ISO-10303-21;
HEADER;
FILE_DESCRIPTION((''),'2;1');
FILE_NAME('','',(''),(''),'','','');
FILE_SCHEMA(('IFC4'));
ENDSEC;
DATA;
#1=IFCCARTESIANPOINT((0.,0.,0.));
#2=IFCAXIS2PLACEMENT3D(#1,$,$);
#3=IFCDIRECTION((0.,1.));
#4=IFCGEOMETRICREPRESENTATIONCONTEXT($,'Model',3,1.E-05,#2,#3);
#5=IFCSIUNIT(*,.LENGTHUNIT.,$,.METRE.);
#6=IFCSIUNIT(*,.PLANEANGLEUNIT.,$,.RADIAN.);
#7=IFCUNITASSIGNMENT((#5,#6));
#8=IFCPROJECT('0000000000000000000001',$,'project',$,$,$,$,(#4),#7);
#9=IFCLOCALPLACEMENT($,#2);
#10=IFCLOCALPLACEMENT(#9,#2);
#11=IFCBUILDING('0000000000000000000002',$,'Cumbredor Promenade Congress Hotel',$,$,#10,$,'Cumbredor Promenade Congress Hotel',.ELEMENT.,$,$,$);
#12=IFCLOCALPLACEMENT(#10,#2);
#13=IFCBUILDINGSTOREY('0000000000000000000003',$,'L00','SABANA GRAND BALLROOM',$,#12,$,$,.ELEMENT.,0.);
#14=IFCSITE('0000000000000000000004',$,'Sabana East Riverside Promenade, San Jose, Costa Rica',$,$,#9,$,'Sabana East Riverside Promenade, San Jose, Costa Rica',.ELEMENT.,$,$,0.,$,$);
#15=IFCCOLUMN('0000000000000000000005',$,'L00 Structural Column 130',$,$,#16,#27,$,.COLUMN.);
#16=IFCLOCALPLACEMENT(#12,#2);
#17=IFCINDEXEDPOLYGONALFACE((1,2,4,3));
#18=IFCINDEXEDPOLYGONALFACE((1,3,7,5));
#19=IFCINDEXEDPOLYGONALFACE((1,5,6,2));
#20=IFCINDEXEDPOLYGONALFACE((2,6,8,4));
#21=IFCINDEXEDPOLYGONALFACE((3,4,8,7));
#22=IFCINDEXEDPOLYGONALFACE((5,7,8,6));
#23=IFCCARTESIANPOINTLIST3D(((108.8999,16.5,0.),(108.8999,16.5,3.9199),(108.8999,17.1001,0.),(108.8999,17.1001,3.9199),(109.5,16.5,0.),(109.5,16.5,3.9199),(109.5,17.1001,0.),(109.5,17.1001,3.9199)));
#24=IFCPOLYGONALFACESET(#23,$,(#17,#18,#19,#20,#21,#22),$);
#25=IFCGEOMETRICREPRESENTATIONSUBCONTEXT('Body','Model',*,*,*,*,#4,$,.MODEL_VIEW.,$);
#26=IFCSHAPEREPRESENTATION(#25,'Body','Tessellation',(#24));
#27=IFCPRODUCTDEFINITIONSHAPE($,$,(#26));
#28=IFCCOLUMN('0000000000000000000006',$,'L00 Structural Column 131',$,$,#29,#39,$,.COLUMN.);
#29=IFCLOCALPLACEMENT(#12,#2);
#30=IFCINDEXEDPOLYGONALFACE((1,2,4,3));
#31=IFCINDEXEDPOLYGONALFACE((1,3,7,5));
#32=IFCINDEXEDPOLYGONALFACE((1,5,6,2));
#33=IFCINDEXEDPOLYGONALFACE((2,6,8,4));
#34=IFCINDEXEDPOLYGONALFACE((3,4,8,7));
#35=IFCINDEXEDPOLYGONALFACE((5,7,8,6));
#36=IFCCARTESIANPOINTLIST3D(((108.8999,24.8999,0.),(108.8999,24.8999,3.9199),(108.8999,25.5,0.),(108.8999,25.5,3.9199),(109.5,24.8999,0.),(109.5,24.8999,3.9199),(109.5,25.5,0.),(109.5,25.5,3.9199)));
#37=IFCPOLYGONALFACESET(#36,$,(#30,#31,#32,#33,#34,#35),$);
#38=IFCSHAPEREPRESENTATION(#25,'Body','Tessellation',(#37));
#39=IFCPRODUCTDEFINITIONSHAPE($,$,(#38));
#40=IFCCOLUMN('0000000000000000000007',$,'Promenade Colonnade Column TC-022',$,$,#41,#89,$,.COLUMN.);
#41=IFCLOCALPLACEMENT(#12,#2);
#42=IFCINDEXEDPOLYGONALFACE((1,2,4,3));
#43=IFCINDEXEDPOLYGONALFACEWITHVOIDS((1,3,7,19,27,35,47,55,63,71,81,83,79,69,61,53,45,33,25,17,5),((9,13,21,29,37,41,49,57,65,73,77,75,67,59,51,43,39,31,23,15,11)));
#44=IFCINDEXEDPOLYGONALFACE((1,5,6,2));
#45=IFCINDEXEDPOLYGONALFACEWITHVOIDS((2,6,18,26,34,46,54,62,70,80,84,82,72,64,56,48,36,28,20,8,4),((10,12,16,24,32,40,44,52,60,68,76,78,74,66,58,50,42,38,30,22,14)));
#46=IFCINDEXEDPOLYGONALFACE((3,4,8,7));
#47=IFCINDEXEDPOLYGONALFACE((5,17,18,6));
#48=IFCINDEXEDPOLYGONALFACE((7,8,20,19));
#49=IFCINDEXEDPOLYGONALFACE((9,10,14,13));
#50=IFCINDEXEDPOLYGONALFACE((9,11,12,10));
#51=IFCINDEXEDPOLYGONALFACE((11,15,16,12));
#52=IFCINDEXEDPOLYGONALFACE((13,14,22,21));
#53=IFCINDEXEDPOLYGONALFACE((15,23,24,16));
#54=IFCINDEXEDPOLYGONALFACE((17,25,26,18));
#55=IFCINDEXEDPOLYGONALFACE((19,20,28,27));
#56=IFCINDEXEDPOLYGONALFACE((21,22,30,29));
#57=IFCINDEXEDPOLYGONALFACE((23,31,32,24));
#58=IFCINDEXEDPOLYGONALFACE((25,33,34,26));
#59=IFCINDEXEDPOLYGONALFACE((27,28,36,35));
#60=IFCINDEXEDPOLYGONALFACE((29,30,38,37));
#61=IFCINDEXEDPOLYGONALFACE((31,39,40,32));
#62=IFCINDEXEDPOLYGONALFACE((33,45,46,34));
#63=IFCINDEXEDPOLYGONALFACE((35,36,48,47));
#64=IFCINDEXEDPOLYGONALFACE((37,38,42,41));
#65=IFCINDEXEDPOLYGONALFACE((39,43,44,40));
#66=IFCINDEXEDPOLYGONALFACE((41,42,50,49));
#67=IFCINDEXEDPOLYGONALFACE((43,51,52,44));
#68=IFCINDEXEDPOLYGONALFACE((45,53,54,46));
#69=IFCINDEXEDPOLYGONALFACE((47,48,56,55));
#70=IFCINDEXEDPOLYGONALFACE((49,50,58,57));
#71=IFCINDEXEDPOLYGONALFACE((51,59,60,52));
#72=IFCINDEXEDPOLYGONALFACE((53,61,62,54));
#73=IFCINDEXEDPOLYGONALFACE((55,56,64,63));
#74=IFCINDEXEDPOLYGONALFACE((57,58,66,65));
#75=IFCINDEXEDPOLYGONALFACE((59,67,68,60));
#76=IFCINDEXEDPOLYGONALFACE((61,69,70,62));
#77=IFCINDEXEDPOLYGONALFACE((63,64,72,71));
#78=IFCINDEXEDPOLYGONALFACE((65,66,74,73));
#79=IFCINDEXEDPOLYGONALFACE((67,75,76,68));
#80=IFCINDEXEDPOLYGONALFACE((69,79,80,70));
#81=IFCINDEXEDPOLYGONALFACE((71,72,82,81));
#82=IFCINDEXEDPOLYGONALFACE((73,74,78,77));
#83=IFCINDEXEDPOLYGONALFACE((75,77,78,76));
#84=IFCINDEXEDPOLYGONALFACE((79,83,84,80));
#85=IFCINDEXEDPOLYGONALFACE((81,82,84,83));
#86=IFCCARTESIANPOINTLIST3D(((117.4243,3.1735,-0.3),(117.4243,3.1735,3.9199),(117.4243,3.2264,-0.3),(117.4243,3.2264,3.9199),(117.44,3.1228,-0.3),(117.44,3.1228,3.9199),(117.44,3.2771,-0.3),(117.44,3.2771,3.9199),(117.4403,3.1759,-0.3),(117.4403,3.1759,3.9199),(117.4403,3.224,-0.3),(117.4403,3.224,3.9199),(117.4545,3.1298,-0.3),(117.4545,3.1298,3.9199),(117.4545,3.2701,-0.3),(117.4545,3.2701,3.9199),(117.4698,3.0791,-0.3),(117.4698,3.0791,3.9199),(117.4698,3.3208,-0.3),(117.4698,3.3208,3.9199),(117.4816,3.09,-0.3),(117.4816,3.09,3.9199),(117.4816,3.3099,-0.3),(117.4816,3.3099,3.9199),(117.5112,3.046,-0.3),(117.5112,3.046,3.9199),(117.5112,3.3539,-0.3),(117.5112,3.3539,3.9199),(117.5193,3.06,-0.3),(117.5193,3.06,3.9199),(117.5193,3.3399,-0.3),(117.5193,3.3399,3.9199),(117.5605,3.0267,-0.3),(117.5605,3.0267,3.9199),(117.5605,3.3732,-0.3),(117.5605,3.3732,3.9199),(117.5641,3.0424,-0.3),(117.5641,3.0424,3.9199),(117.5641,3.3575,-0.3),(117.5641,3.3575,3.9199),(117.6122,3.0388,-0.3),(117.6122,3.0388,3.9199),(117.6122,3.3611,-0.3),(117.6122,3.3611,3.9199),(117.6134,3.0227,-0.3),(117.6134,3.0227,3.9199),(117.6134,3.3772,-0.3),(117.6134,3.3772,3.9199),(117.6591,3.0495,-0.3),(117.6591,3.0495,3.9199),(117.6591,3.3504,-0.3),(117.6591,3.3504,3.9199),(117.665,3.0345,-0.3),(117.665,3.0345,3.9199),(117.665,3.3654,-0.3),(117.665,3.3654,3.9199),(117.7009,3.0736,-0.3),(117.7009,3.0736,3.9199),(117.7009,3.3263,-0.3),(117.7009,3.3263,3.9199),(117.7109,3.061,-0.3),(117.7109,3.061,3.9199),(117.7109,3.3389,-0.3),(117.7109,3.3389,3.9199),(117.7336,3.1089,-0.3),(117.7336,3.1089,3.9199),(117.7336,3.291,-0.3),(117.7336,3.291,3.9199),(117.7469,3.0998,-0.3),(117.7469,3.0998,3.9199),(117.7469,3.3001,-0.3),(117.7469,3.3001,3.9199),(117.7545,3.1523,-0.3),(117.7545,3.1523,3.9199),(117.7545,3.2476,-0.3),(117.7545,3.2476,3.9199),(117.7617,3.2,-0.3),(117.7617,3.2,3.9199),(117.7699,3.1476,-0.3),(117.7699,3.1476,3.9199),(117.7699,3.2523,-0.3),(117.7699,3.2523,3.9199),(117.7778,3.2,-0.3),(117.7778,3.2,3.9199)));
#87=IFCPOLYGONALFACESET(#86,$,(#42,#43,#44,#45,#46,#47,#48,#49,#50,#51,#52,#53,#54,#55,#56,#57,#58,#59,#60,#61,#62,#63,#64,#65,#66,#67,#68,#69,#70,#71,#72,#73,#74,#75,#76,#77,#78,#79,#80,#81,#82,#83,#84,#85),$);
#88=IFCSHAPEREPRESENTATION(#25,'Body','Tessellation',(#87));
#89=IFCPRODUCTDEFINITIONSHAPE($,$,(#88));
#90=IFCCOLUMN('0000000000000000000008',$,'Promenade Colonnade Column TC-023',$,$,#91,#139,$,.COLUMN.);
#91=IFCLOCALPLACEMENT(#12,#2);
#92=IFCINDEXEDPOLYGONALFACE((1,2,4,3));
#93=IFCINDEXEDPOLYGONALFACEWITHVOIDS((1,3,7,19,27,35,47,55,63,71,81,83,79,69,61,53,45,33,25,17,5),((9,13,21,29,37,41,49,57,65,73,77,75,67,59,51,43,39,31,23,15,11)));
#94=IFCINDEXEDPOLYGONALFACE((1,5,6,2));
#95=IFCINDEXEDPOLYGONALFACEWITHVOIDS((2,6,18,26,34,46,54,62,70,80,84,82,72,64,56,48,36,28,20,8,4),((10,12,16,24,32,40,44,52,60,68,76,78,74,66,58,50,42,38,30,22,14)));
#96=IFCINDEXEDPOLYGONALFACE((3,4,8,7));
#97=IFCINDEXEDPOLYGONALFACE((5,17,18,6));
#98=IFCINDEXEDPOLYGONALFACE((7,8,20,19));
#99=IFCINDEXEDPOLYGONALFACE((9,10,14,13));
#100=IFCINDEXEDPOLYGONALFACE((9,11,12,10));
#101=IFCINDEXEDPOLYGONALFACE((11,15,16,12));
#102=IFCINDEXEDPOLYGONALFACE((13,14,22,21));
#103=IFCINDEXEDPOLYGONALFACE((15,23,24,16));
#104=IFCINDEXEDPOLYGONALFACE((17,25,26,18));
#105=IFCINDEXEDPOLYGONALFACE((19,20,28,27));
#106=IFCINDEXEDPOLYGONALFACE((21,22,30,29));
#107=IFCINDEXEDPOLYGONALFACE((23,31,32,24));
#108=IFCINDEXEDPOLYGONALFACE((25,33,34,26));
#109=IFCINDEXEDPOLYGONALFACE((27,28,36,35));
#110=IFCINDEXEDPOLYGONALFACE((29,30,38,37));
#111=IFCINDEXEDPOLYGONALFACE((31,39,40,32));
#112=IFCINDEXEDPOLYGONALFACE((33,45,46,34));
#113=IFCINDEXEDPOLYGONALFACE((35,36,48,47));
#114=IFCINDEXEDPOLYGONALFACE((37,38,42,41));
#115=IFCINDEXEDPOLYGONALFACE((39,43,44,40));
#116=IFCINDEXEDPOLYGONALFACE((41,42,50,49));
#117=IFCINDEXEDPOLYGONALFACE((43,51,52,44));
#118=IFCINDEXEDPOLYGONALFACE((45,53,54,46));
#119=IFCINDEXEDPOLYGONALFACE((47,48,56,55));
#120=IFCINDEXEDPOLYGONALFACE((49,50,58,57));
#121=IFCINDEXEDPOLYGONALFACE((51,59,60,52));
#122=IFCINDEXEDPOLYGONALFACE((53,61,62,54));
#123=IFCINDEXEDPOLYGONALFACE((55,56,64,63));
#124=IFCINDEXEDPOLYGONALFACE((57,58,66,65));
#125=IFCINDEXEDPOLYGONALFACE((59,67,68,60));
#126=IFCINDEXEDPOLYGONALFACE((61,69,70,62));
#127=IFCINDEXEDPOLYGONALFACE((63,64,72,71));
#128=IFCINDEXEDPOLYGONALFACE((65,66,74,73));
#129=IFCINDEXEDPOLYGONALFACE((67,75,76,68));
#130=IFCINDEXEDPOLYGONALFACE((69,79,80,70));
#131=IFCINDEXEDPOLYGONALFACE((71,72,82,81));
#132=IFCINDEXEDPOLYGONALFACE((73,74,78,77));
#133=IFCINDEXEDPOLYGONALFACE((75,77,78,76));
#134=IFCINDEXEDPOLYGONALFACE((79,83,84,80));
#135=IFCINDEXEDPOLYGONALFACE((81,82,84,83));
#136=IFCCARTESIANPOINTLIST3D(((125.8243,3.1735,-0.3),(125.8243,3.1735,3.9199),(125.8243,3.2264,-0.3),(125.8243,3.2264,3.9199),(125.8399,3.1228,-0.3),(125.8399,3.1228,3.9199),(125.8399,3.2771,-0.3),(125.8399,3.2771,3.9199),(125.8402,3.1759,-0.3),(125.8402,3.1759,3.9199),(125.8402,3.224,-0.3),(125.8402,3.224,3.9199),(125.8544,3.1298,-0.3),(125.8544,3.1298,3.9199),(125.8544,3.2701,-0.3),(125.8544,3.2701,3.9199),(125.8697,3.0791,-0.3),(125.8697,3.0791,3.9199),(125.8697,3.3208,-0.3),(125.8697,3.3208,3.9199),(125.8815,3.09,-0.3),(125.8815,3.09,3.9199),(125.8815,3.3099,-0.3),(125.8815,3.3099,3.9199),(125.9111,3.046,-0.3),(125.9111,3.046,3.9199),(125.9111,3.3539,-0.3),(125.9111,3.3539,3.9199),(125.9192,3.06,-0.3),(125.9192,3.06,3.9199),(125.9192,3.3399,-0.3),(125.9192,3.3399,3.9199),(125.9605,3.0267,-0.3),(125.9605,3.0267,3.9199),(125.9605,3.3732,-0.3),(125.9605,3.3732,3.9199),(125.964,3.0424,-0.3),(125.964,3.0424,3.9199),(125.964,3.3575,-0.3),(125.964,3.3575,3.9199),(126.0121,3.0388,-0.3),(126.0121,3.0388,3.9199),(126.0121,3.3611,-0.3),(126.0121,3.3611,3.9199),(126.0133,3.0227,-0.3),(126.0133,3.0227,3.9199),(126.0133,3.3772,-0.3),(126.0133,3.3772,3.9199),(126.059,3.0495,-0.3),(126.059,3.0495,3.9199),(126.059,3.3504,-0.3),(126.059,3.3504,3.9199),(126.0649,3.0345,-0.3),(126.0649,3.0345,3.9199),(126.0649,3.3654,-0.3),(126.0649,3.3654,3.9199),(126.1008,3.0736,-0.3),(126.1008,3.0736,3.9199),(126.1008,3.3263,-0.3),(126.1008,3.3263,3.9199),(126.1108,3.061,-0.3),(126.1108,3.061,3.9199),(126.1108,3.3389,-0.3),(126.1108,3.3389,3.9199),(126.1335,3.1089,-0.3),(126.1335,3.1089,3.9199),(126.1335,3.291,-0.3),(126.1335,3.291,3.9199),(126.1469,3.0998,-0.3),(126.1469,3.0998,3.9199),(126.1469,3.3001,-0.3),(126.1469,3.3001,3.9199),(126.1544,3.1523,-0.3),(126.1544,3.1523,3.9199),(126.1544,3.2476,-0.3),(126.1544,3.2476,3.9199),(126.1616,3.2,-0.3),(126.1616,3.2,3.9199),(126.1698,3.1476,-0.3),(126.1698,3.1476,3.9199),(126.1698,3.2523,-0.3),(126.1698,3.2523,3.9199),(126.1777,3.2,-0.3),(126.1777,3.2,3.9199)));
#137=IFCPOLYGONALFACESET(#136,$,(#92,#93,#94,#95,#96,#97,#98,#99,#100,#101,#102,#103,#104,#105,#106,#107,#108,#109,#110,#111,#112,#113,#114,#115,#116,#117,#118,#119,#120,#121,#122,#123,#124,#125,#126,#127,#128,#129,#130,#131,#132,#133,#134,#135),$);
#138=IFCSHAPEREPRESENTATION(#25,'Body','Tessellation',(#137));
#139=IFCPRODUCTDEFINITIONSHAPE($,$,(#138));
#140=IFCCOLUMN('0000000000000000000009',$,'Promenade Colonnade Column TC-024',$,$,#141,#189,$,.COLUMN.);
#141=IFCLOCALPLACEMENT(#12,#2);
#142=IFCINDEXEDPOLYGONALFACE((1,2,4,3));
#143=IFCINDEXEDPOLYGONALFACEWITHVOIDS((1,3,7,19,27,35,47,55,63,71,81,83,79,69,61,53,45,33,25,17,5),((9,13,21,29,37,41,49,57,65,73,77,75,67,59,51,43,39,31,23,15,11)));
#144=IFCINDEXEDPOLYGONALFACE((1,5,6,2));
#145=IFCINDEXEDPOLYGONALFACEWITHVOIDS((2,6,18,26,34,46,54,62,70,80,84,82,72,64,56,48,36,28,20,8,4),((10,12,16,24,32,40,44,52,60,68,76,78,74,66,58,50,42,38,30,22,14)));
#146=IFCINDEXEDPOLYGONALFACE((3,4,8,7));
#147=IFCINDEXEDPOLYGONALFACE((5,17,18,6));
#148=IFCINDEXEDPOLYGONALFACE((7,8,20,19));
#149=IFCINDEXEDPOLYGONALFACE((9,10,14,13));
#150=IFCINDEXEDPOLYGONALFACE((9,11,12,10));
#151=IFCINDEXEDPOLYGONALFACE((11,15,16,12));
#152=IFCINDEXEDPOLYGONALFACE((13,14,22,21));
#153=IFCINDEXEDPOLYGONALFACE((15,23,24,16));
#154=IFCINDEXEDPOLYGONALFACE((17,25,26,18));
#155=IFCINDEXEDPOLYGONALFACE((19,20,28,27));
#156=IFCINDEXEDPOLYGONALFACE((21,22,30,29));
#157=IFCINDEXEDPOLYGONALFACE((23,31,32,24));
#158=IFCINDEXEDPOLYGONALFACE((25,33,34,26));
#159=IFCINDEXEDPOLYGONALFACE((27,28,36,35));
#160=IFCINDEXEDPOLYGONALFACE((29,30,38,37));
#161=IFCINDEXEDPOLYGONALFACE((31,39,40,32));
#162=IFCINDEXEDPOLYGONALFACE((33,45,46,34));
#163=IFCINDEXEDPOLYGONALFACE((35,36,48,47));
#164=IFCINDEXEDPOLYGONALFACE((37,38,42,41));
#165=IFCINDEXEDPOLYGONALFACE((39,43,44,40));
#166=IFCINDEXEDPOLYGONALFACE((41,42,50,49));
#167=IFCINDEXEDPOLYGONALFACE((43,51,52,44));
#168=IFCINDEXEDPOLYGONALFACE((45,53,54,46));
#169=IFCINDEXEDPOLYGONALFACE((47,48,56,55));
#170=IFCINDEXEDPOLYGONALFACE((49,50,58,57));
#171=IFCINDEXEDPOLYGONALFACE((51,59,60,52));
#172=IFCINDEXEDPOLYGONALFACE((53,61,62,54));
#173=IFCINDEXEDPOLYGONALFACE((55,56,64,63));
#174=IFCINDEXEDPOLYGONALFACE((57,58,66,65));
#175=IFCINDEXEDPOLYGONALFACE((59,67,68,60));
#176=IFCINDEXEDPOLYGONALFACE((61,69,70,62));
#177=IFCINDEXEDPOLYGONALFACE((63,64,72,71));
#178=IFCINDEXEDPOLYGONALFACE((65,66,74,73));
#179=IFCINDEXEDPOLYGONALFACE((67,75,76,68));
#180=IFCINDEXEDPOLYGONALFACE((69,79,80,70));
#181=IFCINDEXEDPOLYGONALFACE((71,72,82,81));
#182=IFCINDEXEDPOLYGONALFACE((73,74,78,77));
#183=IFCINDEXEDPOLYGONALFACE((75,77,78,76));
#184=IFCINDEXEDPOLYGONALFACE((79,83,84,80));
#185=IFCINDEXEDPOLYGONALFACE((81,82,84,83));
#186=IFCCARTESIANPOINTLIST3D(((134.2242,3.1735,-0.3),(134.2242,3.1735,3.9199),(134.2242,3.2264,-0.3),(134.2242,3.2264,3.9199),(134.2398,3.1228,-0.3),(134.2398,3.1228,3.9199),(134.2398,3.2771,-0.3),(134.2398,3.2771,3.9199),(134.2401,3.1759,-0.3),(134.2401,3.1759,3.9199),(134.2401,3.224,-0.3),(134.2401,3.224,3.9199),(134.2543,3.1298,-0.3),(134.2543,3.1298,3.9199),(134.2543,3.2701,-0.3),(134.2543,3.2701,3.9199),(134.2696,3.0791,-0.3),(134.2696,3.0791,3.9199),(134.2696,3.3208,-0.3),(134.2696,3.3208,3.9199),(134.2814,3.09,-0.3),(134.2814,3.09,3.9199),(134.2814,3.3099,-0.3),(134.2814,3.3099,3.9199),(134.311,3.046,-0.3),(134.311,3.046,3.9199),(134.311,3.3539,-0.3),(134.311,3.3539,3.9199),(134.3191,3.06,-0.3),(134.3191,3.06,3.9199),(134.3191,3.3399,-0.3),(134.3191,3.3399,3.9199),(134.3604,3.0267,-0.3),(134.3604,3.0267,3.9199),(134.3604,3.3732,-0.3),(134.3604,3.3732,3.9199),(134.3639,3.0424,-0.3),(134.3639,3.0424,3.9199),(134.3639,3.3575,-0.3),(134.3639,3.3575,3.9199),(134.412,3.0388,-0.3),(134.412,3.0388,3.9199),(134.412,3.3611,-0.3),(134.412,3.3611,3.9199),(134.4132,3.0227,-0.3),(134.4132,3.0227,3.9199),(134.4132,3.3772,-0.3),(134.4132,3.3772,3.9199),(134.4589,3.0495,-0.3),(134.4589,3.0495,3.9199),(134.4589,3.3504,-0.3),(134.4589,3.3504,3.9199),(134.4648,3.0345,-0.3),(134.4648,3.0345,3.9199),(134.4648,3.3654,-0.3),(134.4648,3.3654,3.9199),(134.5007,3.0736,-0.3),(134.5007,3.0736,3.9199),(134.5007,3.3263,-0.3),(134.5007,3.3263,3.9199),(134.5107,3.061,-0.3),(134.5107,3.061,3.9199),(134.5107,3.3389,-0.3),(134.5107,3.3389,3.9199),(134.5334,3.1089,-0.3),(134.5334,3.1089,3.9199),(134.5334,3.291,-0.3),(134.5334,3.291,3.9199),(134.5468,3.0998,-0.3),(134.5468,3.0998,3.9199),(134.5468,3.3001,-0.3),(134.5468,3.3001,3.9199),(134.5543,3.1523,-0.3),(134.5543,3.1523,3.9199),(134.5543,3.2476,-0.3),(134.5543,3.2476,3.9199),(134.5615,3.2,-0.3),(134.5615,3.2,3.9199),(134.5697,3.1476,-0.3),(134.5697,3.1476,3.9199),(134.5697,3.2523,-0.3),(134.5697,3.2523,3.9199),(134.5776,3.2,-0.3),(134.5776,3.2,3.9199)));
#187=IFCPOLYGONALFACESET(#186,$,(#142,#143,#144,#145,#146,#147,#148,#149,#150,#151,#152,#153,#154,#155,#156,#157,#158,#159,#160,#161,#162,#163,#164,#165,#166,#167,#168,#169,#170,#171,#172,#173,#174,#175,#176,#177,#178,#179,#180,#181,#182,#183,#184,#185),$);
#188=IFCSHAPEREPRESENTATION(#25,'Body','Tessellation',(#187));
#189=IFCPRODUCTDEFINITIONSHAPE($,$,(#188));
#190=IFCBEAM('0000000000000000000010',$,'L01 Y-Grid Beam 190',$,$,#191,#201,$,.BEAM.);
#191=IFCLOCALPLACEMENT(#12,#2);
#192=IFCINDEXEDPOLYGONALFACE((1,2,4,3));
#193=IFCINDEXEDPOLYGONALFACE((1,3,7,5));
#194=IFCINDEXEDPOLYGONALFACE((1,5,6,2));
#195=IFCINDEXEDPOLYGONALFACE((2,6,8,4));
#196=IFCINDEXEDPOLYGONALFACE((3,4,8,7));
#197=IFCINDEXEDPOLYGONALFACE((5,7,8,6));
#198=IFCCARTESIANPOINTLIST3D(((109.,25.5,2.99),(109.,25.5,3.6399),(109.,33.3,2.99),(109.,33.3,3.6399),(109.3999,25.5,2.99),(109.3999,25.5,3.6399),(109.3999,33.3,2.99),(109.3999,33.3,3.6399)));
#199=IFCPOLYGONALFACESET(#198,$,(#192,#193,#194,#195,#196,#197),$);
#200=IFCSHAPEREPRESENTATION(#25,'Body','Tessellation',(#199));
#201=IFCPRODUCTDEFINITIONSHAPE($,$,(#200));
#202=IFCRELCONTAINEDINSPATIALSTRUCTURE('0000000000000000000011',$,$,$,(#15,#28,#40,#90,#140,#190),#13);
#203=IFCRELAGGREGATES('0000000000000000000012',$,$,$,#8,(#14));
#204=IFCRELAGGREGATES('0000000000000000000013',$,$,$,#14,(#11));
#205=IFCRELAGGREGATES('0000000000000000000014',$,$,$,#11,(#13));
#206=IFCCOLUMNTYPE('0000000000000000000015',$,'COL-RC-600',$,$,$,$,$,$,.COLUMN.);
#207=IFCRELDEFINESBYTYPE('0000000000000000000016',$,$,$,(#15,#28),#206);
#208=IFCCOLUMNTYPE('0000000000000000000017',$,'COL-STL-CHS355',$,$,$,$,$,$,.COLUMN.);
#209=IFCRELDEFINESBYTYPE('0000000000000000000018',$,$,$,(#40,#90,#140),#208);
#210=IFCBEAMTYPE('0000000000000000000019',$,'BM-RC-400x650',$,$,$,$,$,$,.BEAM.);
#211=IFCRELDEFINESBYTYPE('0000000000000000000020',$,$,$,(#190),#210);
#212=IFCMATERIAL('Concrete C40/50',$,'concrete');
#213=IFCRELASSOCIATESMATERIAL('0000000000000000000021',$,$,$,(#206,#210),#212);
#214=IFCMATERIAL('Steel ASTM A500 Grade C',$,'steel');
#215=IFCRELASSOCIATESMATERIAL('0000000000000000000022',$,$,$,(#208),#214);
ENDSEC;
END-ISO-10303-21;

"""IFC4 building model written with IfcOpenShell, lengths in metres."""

from ifc_helpers import new_model, si_unit, direction, frame, origin, origin_2d, place, context, subcontext, project, spatial, rectangle, hollow_circle, extrude, material, material_profile, profile_set, type_object, element, save


model = new_model("IFC4")

# Units and contexts
model_context = context("Model", 3, precision=1e-05, world=origin(), true_north=direction((0.0, 1.0)))
body_context = subcontext(model_context, "Body", "Model", "MODEL_VIEW")
ifc_project = project(units=[si_unit("LENGTHUNIT", "METRE"), si_unit("PLANEANGLEUNIT", "RADIAN")], contexts=[model_context])

# Site, building, storey
site_placement = place(None, origin())
site = spatial("IfcSite", under=ifc_project, at=site_placement, Name="Sabana East Riverside Promenade, San Jose, Costa Rica", LongName="Sabana East Riverside Promenade, San Jose, Costa Rica", CompositionType="ELEMENT", RefElevation=0.0)
building_placement = place(site_placement, origin())
building = spatial("IfcBuilding", under=site, at=building_placement, Name="Cumbredor Promenade Congress Hotel", LongName="Cumbredor Promenade Congress Hotel", CompositionType="ELEMENT")
storey_placement = place(building_placement, origin())
storey = spatial("IfcBuildingStorey", under=building, at=storey_placement, Name="L00", Description="SABANA GRAND BALLROOM", CompositionType="ELEMENT", Elevation=0.0)

# Columns
ifc_material_1 = material(Name="Concrete C40/50", Category="concrete")
ifc_material_profile_1 = material_profile(ifc_material_1, rectangle(XDim=0.6001, YDim=0.6001, at=origin_2d()), Name="RC 600x600")
ifc_profile_set_1 = profile_set([ifc_material_profile_1], Name="Concrete C40/50")
column_type_1 = type_object("IfcColumnType", Name="COL-RC-600", PredefinedType="COLUMN", material=ifc_profile_set_1)
for number, where, z_axis, x_axis, name in (
    (1, (109.2, 16.8, 0.0), (0.0, 0.0, 1.0), (1.0, 0.0, 0.0), "L00 Structural Column 130"),
    (2, (109.2, 25.2, 0.0), (0.0, 0.0, 1.0), (1.0, 0.0, 0.0), "L00 Structural Column 131"),
):
    element("IfcColumn", number, at=place(storey_placement, frame(where, z_axis=z_axis, x_axis=x_axis)), inside=storey, type_object=column_type_1, Name=name, PredefinedType="COLUMN", context=body_context, shape_type="SweptSolid", body=[
        extrude(rectangle(XDim=0.6001, YDim=0.6001, at=origin_2d()), origin(), (0.0, 0.0, 1.0), 3.9199),
    ])
ifc_material_2 = material(Name="Steel ASTM A500 Grade C", Category="steel")
ifc_material_profile_2 = material_profile(ifc_material_2, hollow_circle(Radius=0.1777, WallThickness=0.0161, at=origin_2d()), Name="CHS 355.6x16")
ifc_profile_set_2 = profile_set([ifc_material_profile_2], Name="Steel ASTM A500 Grade C")
column_type_2 = type_object("IfcColumnType", Name="COL-STL-CHS355", PredefinedType="COLUMN", material=ifc_profile_set_2)
for number, where, z_axis, x_axis, name in (
    (3, (117.6001, 3.2, -0.3), (0.0, 0.0, 1.0), (1.0, 0.0, 0.0), "Promenade Colonnade Column TC-022"),
    (4, (126.0, 3.2, -0.3), (0.0, 0.0, 1.0), (1.0, 0.0, 0.0), "Promenade Colonnade Column TC-023"),
    (5, (134.3999, 3.2, -0.3), (0.0, 0.0, 1.0), (1.0, 0.0, 0.0), "Promenade Colonnade Column TC-024"),
):
    element("IfcColumn", number, at=place(storey_placement, frame(where, z_axis=z_axis, x_axis=x_axis)), inside=storey, type_object=column_type_2, Name=name, PredefinedType="COLUMN", context=body_context, shape_type="SweptSolid", body=[
        extrude(hollow_circle(Radius=0.1777, WallThickness=0.0161, at=origin_2d()), origin(), (0.0, 0.0, 1.0), 4.22),
    ])

# Beam
ifc_material_profile_3 = material_profile(ifc_material_1, rectangle(XDim=0.3999, YDim=0.6499, at=origin_2d()), Name="RC BEAM 400x650")
ifc_profile_set_3 = profile_set([ifc_material_profile_3], Name="Concrete C40/50")
beam_type_1 = type_object("IfcBeamType", Name="BM-RC-400x650", PredefinedType="BEAM", material=ifc_profile_set_3)
beam_1_placement = place(storey_placement, frame((109.2, 25.5, 3.3149), z_axis=(0.0, 1.0, 0.0), x_axis=(-1.0, 0.0, 0.0)))
element("IfcBeam", 6, at=beam_1_placement, inside=storey, type_object=beam_type_1, Name="L01 Y-Grid Beam 190", PredefinedType="BEAM", context=body_context, shape_type="SweptSolid", body=[
    extrude(rectangle(XDim=0.3999, YDim=0.6499, at=origin_2d()), origin(), (0.0, 0.0, 1.0), 7.8),
])

save(model, "model.ifc")
